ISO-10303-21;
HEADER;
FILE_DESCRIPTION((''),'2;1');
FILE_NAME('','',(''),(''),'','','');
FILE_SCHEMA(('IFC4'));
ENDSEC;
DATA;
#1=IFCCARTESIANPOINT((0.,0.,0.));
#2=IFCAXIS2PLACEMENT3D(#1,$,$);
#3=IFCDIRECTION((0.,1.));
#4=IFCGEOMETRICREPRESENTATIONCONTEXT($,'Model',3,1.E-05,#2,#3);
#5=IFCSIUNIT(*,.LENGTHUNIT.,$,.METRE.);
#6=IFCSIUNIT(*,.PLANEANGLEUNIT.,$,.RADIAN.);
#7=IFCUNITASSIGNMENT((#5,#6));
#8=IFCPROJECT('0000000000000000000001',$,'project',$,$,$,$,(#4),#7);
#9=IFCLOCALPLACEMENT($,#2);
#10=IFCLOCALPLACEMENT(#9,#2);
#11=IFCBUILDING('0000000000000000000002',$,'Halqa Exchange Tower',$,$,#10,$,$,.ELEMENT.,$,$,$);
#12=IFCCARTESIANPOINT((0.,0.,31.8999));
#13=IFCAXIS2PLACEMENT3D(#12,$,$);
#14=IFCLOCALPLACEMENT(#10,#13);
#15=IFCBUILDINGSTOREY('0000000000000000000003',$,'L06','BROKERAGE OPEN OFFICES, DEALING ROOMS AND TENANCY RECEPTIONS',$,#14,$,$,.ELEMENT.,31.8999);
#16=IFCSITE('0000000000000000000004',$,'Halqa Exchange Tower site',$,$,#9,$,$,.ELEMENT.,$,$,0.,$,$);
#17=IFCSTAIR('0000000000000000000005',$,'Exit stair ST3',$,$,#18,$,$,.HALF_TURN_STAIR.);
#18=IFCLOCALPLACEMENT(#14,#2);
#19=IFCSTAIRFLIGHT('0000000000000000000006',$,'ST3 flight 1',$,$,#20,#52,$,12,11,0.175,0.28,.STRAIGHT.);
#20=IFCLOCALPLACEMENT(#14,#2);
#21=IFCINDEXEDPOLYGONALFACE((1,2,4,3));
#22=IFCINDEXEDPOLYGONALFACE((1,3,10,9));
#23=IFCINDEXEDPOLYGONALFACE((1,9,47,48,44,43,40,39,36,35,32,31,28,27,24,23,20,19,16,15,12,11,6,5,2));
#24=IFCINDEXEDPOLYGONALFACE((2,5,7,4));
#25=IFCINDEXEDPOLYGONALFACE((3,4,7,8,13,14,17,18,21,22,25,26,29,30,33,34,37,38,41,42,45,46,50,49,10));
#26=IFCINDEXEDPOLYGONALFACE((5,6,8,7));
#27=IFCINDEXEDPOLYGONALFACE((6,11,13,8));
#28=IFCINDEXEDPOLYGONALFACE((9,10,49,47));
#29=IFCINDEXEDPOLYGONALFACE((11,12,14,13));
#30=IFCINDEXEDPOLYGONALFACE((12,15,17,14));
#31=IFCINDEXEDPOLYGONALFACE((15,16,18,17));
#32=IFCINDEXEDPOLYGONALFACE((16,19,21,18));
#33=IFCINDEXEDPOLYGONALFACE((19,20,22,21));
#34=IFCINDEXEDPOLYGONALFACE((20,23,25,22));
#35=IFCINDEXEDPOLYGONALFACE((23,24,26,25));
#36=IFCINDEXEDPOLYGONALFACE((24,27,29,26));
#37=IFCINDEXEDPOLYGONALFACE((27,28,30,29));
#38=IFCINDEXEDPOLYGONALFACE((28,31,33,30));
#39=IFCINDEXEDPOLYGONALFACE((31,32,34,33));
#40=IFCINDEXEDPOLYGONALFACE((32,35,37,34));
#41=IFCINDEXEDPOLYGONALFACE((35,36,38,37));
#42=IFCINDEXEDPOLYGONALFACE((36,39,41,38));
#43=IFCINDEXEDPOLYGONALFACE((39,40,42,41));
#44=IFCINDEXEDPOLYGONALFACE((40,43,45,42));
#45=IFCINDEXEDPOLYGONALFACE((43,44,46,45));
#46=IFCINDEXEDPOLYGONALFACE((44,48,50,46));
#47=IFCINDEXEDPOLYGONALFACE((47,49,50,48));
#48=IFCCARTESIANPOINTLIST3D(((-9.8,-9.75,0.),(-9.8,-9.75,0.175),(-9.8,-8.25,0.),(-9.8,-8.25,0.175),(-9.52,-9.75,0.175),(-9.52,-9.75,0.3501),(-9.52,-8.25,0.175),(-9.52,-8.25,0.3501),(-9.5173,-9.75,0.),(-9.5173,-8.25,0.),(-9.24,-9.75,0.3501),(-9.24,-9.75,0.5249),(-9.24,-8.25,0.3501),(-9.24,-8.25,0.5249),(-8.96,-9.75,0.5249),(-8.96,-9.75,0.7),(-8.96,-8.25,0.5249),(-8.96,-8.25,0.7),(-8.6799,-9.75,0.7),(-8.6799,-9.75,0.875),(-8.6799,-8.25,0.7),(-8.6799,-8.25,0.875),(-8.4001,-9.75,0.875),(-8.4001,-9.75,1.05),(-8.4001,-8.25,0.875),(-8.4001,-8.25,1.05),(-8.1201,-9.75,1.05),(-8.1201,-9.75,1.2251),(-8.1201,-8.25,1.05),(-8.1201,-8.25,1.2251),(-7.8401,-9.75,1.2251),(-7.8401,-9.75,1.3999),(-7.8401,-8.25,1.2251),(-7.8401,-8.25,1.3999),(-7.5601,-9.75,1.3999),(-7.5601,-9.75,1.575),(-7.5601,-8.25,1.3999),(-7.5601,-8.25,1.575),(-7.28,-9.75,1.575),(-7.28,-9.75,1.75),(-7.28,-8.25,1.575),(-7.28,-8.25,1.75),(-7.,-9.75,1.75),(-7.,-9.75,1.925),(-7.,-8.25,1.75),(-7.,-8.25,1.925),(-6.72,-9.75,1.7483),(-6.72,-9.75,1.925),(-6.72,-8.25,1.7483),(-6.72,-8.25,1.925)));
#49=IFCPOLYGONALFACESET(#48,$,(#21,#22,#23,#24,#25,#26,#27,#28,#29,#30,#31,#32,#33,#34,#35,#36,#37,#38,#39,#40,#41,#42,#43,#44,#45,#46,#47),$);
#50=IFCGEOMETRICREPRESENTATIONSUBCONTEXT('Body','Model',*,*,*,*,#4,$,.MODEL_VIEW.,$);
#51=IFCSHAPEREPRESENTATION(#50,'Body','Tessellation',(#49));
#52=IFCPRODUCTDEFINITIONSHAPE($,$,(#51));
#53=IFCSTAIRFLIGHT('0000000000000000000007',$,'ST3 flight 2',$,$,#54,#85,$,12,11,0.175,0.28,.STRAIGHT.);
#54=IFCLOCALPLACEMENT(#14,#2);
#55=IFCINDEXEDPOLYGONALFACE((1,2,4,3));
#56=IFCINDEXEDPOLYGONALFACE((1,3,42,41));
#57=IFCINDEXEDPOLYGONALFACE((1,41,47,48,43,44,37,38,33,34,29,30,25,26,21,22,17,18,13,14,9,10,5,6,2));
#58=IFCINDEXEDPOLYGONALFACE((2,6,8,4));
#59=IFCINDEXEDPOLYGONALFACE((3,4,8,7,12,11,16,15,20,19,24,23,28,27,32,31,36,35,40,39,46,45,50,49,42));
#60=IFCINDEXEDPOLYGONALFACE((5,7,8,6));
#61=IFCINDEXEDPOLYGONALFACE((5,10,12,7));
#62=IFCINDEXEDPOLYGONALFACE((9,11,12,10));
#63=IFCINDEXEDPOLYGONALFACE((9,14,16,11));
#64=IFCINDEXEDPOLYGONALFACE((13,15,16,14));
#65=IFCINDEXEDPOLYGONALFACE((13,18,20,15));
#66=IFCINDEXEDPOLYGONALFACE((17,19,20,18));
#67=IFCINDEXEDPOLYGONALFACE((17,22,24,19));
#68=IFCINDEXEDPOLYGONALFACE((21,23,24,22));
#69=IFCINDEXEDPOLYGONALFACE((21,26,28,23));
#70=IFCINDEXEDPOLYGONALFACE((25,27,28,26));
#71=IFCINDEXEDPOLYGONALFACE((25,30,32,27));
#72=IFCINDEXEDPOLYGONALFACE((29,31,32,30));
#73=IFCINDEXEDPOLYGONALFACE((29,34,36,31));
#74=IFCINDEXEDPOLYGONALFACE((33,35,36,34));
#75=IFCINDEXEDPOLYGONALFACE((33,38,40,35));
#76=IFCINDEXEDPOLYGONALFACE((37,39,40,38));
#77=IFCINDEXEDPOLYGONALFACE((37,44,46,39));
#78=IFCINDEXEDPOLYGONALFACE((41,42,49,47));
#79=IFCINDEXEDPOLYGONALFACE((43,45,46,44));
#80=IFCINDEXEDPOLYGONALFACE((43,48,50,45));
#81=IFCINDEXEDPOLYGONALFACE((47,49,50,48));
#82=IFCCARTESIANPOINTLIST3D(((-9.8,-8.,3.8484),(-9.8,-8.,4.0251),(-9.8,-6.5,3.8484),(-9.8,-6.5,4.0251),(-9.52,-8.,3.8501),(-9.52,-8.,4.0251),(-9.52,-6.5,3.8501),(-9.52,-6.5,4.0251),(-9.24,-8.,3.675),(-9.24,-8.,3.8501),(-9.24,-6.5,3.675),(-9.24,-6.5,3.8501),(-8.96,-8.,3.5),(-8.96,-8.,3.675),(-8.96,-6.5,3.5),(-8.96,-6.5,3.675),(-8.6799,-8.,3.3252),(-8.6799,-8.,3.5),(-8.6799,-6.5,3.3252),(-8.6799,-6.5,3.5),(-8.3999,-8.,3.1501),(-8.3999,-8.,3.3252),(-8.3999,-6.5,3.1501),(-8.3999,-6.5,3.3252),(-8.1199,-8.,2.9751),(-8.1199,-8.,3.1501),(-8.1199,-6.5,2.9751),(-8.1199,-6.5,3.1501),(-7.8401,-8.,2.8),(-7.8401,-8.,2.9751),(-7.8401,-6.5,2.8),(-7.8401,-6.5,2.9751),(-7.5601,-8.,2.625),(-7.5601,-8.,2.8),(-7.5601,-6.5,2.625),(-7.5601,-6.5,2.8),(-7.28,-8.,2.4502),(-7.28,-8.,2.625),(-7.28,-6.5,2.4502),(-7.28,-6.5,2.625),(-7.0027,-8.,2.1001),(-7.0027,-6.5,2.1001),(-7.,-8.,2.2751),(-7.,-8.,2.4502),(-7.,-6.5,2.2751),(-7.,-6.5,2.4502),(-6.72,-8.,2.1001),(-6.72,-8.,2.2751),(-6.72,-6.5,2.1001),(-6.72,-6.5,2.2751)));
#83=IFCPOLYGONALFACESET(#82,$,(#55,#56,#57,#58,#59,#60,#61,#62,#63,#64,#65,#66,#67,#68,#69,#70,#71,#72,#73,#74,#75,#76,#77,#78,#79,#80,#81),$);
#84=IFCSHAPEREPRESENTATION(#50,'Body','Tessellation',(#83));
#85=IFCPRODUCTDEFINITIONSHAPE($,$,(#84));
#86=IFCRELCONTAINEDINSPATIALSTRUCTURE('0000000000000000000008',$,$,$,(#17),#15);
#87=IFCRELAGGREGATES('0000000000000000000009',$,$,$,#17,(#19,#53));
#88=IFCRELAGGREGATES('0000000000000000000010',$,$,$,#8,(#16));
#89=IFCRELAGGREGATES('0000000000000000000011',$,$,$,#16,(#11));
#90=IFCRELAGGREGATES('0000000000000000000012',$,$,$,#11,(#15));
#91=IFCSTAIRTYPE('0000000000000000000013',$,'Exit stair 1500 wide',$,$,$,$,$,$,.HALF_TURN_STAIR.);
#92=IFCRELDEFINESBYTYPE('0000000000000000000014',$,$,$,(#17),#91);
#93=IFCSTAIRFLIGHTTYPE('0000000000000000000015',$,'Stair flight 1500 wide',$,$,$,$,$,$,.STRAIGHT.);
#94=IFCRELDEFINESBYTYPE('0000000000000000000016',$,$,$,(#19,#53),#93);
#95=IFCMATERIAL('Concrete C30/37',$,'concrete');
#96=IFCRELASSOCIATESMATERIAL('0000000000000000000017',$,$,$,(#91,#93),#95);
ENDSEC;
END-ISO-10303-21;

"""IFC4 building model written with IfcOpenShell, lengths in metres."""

from ifc_helpers import new_model, si_unit, direction, frame, origin, place, context, subcontext, project, spatial, polyline, outline, extrude, material, type_object, element, aggregate, save


model = new_model("IFC4")

# Units and contexts
model_context = context("Model", 3, precision=1e-05, world=origin(), true_north=direction((0.0, 1.0)))
body_context = subcontext(model_context, "Body", "Model", "MODEL_VIEW")
ifc_project = project(units=[si_unit("LENGTHUNIT", "METRE"), si_unit("PLANEANGLEUNIT", "RADIAN")], contexts=[model_context])

# Site, building, storey
site_placement = place(None, origin())
site = spatial("IfcSite", under=ifc_project, at=site_placement, Name="Halqa Exchange Tower site", CompositionType="ELEMENT", RefElevation=0.0)
building_placement = place(site_placement, origin())
building = spatial("IfcBuilding", under=site, at=building_placement, Name="Halqa Exchange Tower", CompositionType="ELEMENT")
storey_placement = place(building_placement, frame((0.0, 0.0, 31.8999)))
storey = spatial("IfcBuildingStorey", under=building, at=storey_placement, Name="L06", Description="BROKERAGE OPEN OFFICES, DEALING ROOMS AND TENANCY RECEPTIONS", CompositionType="ELEMENT", Elevation=31.8999)

# Shared definitions
ifc_material_1 = material(Name="Concrete C30/37", Category="concrete")

# Stair, stair flights
stair_type = type_object("IfcStairType", Name="Exit stair 1500 wide", PredefinedType="HALF_TURN_STAIR", material=ifc_material_1)
stair_placement = place(storey_placement, origin())
stair = element("IfcStair", 1, at=stair_placement, inside=storey, type_object=stair_type, Name="Exit stair ST3", PredefinedType="HALF_TURN_STAIR")
stair_flight_type = type_object("IfcStairFlightType", Name="Stair flight 1500 wide", PredefinedType="STRAIGHT", material=ifc_material_1)
stair_flight_1_placement = place(storey_placement, frame((-9.8, -9.0, 0.0), z_axis=(0.0, 0.0, 1.0), x_axis=(1.0, 0.0, 0.0)))
stair_flight_1 = element("IfcStairFlight", 2, at=stair_flight_1_placement, type_object=stair_flight_type, Name="ST3 flight 1", NumberOfRisers=12, NumberOfTreads=11, PredefinedType="STRAIGHT", RiserHeight=0.175, TreadLength=0.28, context=body_context, shape_type="SweptSolid", body=[
    extrude(outline(polyline([(0.0, 0.0), (0.0, 0.175), (0.28, 0.175), (0.28, 0.3501), (0.5601, 0.3501), (0.5601, 0.5249), (0.8401, 0.5249), (0.8401, 0.7), (1.1201, 0.7), (1.1201, 0.875), (1.3999, 0.875), (1.3999, 1.05), (1.6799, 1.05), (1.6799, 1.2251), (1.96, 1.2251), (1.96, 1.3999), (2.24, 1.3999), (2.24, 1.575), (2.52, 1.575), (2.52, 1.75), (2.8, 1.75), (2.8, 1.925), (3.0801, 1.925), (3.0801, 2.1001), (3.0801, 1.7483), (0.2827, 0.0), (0.0, 0.0)])), frame((0.0, 0.75, 0.0), z_axis=(0.0, -1.0, 0.0), x_axis=(1.0, 0.0, 0.0)), (0.0, 0.0, 1.0), 1.5),
])
stair_flight_2_placement = place(storey_placement, frame((-6.72, -7.25, 2.1001), z_axis=(0.0, 0.0, 1.0), x_axis=(-1.0, 0.0, 0.0)))
stair_flight_2 = element("IfcStairFlight", 3, at=stair_flight_2_placement, type_object=stair_flight_type, Name="ST3 flight 2", NumberOfRisers=12, NumberOfTreads=11, PredefinedType="STRAIGHT", RiserHeight=0.175, TreadLength=0.28, context=body_context, shape_type="SweptSolid", body=[
    extrude(outline(polyline([(0.0, 0.0), (0.0, 0.175), (0.28, 0.175), (0.28, 0.3501), (0.5601, 0.3501), (0.5601, 0.5249), (0.8401, 0.5249), (0.8401, 0.7), (1.1201, 0.7), (1.1201, 0.875), (1.3999, 0.875), (1.3999, 1.05), (1.6799, 1.05), (1.6799, 1.2251), (1.96, 1.2251), (1.96, 1.3999), (2.24, 1.3999), (2.24, 1.575), (2.52, 1.575), (2.52, 1.75), (2.8, 1.75), (2.8, 1.925), (3.0801, 1.925), (3.0801, 2.1001), (3.0801, 1.7483), (0.2827, 0.0), (0.0, 0.0)])), frame((0.0, 0.75, 0.0), z_axis=(0.0, -1.0, 0.0), x_axis=(1.0, 0.0, 0.0)), (0.0, 0.0, 1.0), 1.5),
])
aggregate(stair, [stair_flight_1, stair_flight_2])

save(model, "model.ifc")
